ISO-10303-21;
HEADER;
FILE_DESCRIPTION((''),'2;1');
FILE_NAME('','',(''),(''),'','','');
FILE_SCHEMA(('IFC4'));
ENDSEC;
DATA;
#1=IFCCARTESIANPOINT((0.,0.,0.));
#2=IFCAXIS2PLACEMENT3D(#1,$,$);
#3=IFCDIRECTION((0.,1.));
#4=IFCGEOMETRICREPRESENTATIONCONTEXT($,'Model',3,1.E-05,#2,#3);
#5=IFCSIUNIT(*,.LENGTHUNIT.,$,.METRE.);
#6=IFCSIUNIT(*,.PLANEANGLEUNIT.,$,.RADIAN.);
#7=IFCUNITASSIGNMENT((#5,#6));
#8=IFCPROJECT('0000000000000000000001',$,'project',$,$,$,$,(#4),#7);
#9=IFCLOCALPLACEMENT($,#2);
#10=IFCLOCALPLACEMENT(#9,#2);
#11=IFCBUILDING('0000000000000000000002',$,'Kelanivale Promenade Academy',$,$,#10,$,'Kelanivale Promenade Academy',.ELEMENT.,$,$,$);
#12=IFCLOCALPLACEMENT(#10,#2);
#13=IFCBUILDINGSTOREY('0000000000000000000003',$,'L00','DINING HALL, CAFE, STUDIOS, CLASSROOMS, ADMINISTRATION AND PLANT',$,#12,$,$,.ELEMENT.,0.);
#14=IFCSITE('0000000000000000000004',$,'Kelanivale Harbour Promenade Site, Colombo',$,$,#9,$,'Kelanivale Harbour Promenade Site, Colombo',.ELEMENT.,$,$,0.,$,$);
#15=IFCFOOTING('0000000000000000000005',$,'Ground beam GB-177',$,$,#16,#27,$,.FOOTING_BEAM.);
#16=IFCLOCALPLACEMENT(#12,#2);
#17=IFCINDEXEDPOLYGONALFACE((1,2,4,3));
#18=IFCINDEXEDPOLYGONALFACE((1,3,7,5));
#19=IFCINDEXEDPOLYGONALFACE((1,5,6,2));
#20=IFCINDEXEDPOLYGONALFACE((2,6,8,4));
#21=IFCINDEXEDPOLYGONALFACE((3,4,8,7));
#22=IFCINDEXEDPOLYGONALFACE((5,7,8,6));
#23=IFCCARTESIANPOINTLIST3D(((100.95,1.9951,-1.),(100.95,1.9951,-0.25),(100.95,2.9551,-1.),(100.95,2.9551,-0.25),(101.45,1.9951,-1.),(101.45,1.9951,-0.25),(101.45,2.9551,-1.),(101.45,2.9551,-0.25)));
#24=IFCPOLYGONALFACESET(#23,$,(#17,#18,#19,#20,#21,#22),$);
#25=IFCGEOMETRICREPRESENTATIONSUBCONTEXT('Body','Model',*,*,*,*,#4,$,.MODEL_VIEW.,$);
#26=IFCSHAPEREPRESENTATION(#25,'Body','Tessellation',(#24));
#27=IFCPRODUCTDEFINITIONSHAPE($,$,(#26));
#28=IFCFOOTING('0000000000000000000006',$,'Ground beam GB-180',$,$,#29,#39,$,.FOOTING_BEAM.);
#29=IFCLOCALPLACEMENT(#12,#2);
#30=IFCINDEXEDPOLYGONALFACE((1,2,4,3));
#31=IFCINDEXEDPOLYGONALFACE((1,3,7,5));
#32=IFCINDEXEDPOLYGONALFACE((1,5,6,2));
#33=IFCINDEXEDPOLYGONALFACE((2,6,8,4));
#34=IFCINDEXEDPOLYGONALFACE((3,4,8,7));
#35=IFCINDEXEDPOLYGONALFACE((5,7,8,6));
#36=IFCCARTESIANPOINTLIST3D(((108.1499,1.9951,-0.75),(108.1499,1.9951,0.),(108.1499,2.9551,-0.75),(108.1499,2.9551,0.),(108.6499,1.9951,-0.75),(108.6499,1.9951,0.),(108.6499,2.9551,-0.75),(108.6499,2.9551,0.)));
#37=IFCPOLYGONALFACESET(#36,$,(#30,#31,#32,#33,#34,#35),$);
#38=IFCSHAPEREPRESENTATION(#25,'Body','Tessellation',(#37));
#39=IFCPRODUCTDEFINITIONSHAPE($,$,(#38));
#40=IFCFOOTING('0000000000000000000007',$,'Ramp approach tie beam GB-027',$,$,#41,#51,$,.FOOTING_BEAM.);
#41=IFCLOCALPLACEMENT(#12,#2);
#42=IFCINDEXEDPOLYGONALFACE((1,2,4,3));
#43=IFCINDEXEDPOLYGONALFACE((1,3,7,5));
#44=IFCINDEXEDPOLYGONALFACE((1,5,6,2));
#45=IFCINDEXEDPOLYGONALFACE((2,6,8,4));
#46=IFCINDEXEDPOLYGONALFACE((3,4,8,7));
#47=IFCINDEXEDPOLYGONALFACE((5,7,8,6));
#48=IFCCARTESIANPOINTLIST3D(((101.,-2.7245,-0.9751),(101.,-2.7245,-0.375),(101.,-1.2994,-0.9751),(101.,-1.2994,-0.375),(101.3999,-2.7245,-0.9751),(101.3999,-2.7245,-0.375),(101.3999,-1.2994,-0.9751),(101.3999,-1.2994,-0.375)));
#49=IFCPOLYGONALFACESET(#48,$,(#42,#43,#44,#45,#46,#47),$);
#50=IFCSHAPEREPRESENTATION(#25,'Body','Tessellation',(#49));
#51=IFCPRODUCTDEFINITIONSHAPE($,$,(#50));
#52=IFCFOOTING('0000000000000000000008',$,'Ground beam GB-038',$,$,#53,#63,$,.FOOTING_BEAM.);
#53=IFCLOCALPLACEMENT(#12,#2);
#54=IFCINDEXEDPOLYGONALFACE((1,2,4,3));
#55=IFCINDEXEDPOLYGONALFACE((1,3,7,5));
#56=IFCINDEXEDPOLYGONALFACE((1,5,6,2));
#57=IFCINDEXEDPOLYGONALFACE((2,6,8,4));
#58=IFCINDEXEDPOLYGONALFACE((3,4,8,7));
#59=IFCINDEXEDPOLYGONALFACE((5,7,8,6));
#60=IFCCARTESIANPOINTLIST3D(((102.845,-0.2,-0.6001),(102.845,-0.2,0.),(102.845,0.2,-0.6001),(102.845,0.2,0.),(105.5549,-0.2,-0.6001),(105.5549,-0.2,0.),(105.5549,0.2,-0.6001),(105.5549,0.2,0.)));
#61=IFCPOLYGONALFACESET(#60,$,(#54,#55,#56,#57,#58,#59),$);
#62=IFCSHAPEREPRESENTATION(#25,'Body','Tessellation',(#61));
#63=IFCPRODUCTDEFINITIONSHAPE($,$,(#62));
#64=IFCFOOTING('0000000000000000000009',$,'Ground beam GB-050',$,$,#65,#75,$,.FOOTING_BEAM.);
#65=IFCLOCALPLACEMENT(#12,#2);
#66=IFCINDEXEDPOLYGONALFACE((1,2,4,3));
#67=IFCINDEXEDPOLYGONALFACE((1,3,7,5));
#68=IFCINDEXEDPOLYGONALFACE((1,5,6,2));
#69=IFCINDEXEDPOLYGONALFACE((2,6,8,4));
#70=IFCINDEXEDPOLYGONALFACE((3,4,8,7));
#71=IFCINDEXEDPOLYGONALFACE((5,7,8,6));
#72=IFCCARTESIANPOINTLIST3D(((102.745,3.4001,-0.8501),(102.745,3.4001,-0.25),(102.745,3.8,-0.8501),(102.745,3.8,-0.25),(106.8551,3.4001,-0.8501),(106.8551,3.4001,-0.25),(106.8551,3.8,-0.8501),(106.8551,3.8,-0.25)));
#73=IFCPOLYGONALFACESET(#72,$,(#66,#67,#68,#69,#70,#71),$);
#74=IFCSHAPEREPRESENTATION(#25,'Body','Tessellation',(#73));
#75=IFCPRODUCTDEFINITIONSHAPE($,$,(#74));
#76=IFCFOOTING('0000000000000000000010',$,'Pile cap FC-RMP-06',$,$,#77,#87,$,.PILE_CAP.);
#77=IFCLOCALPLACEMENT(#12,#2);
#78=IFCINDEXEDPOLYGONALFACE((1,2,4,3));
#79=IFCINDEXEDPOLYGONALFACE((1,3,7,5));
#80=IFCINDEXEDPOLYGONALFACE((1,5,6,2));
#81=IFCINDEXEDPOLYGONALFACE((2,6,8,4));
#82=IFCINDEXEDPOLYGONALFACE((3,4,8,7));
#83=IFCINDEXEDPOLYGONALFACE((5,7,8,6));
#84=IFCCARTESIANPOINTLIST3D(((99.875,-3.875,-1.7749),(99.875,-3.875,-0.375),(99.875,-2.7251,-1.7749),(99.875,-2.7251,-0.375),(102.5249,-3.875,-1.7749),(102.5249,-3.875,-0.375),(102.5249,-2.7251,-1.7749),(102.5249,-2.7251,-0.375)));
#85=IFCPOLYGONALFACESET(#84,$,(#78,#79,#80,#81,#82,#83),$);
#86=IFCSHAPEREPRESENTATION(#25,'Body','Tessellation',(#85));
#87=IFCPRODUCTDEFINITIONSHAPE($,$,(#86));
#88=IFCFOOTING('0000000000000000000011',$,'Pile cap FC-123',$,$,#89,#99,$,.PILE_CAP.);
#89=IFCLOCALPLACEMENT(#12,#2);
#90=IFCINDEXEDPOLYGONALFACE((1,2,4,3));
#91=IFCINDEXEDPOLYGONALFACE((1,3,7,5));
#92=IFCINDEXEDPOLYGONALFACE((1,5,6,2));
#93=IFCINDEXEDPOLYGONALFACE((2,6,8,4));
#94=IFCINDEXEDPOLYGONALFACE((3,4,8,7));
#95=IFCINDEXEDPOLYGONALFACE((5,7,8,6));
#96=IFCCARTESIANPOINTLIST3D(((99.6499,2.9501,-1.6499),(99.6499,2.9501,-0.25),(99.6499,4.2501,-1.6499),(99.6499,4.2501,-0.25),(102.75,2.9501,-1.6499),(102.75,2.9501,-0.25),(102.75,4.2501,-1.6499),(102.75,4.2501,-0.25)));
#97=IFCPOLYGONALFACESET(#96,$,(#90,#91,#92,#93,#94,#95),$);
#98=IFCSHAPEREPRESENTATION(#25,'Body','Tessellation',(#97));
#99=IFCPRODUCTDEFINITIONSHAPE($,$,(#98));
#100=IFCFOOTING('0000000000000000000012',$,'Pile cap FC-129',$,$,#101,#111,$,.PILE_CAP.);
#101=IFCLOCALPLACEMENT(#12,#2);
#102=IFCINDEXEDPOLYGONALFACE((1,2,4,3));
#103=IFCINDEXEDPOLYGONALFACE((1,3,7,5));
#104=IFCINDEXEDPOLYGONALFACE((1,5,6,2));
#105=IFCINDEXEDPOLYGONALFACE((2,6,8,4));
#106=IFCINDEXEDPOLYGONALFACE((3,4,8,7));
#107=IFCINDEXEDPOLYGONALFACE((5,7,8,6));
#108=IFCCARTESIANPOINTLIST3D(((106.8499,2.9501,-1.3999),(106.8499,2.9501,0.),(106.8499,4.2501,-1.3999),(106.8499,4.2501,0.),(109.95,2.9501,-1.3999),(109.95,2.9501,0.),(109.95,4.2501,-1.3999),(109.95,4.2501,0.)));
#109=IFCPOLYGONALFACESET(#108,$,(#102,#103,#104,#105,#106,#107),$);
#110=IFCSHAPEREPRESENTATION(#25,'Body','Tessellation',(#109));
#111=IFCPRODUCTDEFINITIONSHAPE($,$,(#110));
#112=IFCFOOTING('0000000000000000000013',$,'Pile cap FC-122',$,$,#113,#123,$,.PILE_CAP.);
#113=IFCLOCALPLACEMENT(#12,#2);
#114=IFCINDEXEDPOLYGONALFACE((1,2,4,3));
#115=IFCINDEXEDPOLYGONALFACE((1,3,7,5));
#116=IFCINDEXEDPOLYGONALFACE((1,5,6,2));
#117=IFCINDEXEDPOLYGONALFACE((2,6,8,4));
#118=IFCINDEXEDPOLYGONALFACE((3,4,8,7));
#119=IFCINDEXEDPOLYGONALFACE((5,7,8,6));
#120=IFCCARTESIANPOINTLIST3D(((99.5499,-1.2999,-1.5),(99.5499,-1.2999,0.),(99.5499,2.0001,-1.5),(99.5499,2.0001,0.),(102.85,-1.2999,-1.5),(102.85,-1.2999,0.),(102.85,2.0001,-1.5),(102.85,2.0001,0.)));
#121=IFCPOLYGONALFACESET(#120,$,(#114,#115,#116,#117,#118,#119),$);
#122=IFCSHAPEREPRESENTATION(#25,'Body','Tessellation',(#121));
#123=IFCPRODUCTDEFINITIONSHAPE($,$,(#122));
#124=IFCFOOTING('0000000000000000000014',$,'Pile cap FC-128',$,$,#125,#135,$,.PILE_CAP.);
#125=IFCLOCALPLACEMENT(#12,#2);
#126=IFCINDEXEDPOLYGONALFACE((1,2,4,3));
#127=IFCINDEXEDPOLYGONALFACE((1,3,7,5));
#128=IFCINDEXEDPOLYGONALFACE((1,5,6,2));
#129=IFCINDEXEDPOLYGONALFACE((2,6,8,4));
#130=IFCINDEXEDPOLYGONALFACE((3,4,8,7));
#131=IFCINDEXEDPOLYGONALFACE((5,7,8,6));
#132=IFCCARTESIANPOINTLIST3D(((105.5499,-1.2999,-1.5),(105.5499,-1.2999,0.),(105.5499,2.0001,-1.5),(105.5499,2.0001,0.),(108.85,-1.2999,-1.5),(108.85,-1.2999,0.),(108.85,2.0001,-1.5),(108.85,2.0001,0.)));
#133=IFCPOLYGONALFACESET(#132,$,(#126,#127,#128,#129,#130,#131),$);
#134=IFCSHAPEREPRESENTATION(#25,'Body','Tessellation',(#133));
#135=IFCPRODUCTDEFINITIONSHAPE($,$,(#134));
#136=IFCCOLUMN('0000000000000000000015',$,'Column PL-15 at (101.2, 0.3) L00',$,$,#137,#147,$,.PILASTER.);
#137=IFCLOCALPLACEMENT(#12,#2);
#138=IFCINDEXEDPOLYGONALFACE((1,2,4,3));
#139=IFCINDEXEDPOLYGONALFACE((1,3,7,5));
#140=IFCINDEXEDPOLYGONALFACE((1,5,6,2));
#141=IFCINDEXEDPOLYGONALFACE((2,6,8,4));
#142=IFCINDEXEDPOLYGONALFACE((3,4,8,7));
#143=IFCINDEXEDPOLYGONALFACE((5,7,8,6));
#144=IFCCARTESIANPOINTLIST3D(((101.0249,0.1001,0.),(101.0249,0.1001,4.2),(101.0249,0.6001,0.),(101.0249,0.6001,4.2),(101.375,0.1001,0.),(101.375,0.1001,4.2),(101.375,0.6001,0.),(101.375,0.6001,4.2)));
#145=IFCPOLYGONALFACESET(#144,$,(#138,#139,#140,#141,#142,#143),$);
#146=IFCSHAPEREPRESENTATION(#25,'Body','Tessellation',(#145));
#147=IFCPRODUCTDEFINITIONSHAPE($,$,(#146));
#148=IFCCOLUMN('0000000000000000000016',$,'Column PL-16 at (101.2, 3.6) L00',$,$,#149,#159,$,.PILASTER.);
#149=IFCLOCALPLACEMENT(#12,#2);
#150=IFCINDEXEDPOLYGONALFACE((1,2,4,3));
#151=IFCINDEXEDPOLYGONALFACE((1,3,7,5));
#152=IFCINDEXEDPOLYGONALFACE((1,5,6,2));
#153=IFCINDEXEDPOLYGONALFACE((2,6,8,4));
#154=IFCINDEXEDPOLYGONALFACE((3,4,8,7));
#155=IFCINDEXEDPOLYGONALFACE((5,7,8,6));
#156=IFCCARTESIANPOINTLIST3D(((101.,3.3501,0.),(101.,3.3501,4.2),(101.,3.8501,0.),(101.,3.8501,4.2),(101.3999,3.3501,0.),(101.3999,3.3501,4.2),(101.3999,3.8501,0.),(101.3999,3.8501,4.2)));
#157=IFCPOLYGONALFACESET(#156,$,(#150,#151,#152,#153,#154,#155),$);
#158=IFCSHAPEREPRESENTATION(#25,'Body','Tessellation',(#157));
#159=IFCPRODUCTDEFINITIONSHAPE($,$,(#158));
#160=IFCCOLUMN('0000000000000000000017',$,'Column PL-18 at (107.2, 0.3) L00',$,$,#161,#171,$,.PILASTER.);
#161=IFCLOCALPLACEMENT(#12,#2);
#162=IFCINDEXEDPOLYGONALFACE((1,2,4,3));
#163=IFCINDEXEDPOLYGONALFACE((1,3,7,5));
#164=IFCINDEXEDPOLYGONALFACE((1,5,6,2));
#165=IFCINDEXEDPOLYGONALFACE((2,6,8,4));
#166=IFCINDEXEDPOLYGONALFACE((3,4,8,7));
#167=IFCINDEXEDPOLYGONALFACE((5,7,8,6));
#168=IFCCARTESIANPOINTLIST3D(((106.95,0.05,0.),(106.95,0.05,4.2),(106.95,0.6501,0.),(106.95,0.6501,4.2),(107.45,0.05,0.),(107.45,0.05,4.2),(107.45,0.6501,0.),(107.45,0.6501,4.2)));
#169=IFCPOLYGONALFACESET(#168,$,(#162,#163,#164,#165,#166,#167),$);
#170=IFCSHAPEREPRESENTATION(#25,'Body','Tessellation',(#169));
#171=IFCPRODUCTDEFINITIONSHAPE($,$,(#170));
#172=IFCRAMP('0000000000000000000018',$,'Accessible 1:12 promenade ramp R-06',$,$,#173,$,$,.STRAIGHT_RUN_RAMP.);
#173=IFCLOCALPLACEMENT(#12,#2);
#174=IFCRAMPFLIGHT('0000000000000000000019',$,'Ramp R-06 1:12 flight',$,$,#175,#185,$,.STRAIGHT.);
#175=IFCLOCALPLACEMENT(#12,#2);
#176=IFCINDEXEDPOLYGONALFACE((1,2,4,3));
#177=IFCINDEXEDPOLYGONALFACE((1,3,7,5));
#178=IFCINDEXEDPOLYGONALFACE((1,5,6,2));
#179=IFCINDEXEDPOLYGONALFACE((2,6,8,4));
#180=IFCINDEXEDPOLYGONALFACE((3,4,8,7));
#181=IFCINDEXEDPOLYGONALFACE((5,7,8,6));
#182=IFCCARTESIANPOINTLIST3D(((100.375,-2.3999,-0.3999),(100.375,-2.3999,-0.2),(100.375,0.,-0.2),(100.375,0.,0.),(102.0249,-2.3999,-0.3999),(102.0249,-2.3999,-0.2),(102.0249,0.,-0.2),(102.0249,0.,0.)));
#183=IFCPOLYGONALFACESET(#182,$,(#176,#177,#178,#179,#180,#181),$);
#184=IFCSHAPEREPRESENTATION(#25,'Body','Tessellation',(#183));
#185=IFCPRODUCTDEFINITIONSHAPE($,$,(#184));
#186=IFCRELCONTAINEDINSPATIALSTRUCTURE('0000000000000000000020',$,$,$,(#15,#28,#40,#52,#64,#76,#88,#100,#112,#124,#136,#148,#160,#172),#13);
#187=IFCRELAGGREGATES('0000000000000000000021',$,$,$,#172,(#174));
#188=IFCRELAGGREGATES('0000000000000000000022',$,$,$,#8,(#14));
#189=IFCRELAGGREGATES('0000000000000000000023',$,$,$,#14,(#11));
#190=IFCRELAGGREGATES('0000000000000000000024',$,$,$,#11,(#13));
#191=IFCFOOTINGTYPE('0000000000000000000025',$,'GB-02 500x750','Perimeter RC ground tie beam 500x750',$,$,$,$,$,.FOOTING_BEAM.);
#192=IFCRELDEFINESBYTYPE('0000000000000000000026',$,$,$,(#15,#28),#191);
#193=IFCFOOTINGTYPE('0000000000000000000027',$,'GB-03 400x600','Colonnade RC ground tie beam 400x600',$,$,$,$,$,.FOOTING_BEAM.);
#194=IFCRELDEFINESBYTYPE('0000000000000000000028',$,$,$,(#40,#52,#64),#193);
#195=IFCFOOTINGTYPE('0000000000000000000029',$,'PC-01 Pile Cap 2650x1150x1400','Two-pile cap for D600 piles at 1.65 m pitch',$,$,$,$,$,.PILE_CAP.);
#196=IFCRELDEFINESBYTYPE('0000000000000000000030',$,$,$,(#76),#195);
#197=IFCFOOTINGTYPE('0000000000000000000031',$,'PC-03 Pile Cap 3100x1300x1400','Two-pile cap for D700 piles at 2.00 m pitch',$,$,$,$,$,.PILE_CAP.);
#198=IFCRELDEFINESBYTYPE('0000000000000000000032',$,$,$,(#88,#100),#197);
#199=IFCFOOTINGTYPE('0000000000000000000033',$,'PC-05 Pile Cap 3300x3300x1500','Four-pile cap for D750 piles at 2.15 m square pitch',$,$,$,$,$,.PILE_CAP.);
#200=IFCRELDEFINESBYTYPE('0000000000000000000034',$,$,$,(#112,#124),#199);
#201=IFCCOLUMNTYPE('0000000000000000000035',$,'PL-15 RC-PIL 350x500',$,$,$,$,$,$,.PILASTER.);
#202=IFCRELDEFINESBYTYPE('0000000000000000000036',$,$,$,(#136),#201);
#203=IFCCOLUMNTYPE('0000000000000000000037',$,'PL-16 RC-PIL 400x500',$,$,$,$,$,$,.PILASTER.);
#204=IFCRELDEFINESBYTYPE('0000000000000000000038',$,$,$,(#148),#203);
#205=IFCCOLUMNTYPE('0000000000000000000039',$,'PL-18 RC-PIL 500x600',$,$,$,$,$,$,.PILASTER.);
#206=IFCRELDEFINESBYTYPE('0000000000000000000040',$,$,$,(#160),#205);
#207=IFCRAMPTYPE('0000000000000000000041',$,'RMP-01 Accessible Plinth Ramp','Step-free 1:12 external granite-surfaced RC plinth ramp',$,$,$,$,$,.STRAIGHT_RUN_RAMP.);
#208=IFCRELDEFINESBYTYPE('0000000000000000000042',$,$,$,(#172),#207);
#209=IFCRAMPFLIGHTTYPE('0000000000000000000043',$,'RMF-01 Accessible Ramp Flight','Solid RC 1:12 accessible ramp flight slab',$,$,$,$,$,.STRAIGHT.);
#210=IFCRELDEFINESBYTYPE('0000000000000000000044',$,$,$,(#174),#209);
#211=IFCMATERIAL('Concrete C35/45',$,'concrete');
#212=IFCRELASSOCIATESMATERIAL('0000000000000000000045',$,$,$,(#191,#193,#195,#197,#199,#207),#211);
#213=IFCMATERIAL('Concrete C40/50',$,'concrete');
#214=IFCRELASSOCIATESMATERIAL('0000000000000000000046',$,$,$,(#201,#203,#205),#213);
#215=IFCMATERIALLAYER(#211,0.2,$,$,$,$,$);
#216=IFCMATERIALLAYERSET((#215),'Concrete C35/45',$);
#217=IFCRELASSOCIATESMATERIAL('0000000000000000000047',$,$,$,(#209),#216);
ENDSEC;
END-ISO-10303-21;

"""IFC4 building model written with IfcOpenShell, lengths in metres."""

from ifc_helpers import new_model, si_unit, direction, frame, origin, origin_2d, place, context, subcontext, project, spatial, polyline, rectangle, outline, extrude, material, layer, layer_set, material_profile, profile_set, type_object, element, aggregate, save


model = new_model("IFC4")

# Units and contexts
model_context = context("Model", 3, precision=1e-05, world=origin(), true_north=direction((0.0, 1.0)))
body_context = subcontext(model_context, "Body", "Model", "MODEL_VIEW")
ifc_project = project(units=[si_unit("LENGTHUNIT", "METRE"), si_unit("PLANEANGLEUNIT", "RADIAN")], contexts=[model_context])

# Site, building, storey
site_placement = place(None, origin())
site = spatial("IfcSite", under=ifc_project, at=site_placement, Name="Kelanivale Harbour Promenade Site, Colombo", LongName="Kelanivale Harbour Promenade Site, Colombo", CompositionType="ELEMENT", RefElevation=0.0)
building_placement = place(site_placement, origin())
building = spatial("IfcBuilding", under=site, at=building_placement, Name="Kelanivale Promenade Academy", LongName="Kelanivale Promenade Academy", CompositionType="ELEMENT")
storey_placement = place(building_placement, origin())
storey = spatial("IfcBuildingStorey", under=building, at=storey_placement, Name="L00", Description="DINING HALL, CAFE, STUDIOS, CLASSROOMS, ADMINISTRATION AND PLANT", CompositionType="ELEMENT", Elevation=0.0)

# Shared definitions
ifc_material_1 = material(Name="Concrete C35/45", Category="concrete")

# Footings
footing_type_1 = type_object("IfcFootingType", Name="GB-02 500x750", Description="Perimeter RC ground tie beam 500x750", PredefinedType="FOOTING_BEAM", material=ifc_material_1)
for number, where, z_axis, x_axis, name in (
    (1, (101.2, 2.4751, -1.0), (0.0, 0.0, 1.0), (0.0, 1.0, 0.0), "Ground beam GB-177"),
    (2, (108.3999, 2.4751, -0.75), (0.0, 0.0, 1.0), (0.0, 1.0, 0.0), "Ground beam GB-180"),
):
    element("IfcFooting", number, at=place(storey_placement, frame(where, z_axis=z_axis, x_axis=x_axis)), inside=storey, type_object=footing_type_1, Name=name, PredefinedType="FOOTING_BEAM", context=body_context, shape_type="SweptSolid", body=[
        extrude(rectangle(XDim=0.96, YDim=0.5, at=origin_2d()), origin(), (0.0, 0.0, 1.0), 0.75),
    ])
footing_type_2 = type_object("IfcFootingType", Name="GB-03 400x600", Description="Colonnade RC ground tie beam 400x600", PredefinedType="FOOTING_BEAM", material=ifc_material_1)
footing_1_placement = place(storey_placement, frame((101.2, -2.012, -0.9751), z_axis=(0.0, 0.0, 1.0), x_axis=(0.0, 1.0, 0.0)))
element("IfcFooting", 3, at=footing_1_placement, inside=storey, type_object=footing_type_2, Name="Ramp approach tie beam GB-027", PredefinedType="FOOTING_BEAM", context=body_context, shape_type="SweptSolid", body=[
    extrude(rectangle(XDim=1.425, YDim=0.3999, at=origin_2d()), origin(), (0.0, 0.0, 1.0), 0.6001),
])
footing_2_placement = place(storey_placement, frame((104.2, 0.0, -0.6001), z_axis=(0.0, 0.0, 1.0), x_axis=(1.0, 0.0, 0.0)))
element("IfcFooting", 4, at=footing_2_placement, inside=storey, type_object=footing_type_2, Name="Ground beam GB-038", PredefinedType="FOOTING_BEAM", context=body_context, shape_type="SweptSolid", body=[
    extrude(rectangle(XDim=2.71, YDim=0.3999, at=origin_2d()), origin(), (0.0, 0.0, 1.0), 0.6001),
])
footing_3_placement = place(storey_placement, frame((104.8, 3.6001, -0.8501), z_axis=(0.0, 0.0, 1.0), x_axis=(1.0, 0.0, 0.0)))
element("IfcFooting", 5, at=footing_3_placement, inside=storey, type_object=footing_type_2, Name="Ground beam GB-050", PredefinedType="FOOTING_BEAM", context=body_context, shape_type="SweptSolid", body=[
    extrude(rectangle(XDim=4.1101, YDim=0.3999, at=origin_2d()), origin(), (0.0, 0.0, 1.0), 0.6001),
])
footing_type_3 = type_object("IfcFootingType", Name="PC-01 Pile Cap 2650x1150x1400", Description="Two-pile cap for D600 piles at 1.65 m pitch", PredefinedType="PILE_CAP", material=ifc_material_1)
footing_4_placement = place(storey_placement, frame((101.2, -3.3, -1.7749), z_axis=(0.0, 0.0, 1.0), x_axis=(1.0, 0.0, 0.0)))
element("IfcFooting", 6, at=footing_4_placement, inside=storey, type_object=footing_type_3, Name="Pile cap FC-RMP-06", PredefinedType="PILE_CAP", context=body_context, shape_type="SweptSolid", body=[
    extrude(rectangle(XDim=2.6499, YDim=1.1499, at=origin_2d()), origin(), (0.0, 0.0, 1.0), 1.3999),
])
footing_type_4 = type_object("IfcFootingType", Name="PC-03 Pile Cap 3100x1300x1400", Description="Two-pile cap for D700 piles at 2.00 m pitch", PredefinedType="PILE_CAP", material=ifc_material_1)
for number, where, z_axis, x_axis, name in (
    (7, (101.2, 3.6001, -1.6499), (0.0, 0.0, 1.0), (1.0, 0.0, 0.0), "Pile cap FC-123"),
    (8, (108.3999, 3.6001, -1.3999), (0.0, 0.0, 1.0), (1.0, 0.0, 0.0), "Pile cap FC-129"),
):
    element("IfcFooting", number, at=place(storey_placement, frame(where, z_axis=z_axis, x_axis=x_axis)), inside=storey, type_object=footing_type_4, Name=name, PredefinedType="PILE_CAP", context=body_context, shape_type="SweptSolid", body=[
        extrude(rectangle(XDim=3.1001, YDim=1.3, at=origin_2d()), origin(), (0.0, 0.0, 1.0), 1.3999),
    ])
footing_type_5 = type_object("IfcFootingType", Name="PC-05 Pile Cap 3300x3300x1500", Description="Four-pile cap for D750 piles at 2.15 m square pitch", PredefinedType="PILE_CAP", material=ifc_material_1)
for number, where, z_axis, x_axis, name in (
    (9, (101.2, 0.3501, -1.5), (0.0, 0.0, 1.0), (1.0, 0.0, 0.0), "Pile cap FC-122"),
    (10, (107.2, 0.3501, -1.5), (0.0, 0.0, 1.0), (1.0, 0.0, 0.0), "Pile cap FC-128"),
):
    element("IfcFooting", number, at=place(storey_placement, frame(where, z_axis=z_axis, x_axis=x_axis)), inside=storey, type_object=footing_type_5, Name=name, PredefinedType="PILE_CAP", context=body_context, shape_type="SweptSolid", body=[
        extrude(rectangle(XDim=3.3, YDim=3.3, at=origin_2d()), origin(), (0.0, 0.0, 1.0), 1.5),
    ])

# Columns
ifc_material_2 = material(Name="Concrete C40/50", Category="concrete")
ifc_material_profile_1 = material_profile(ifc_material_2, rectangle(XDim=0.3501, YDim=0.5, at=origin_2d()), Name="RC-PIL 350x500")
ifc_profile_set_1 = profile_set([ifc_material_profile_1], Name="Concrete C40/50")
column_type_1 = type_object("IfcColumnType", Name="PL-15 RC-PIL 350x500", PredefinedType="PILASTER", material=ifc_profile_set_1)
column_1_placement = place(storey_placement, frame((101.2, 0.3501, 0.0), z_axis=(0.0, 0.0, 1.0), x_axis=(1.0, 0.0, 0.0)))
element("IfcColumn", 11, at=column_1_placement, inside=storey, type_object=column_type_1, Name="Column PL-15 at (101.2, 0.3) L00", PredefinedType="PILASTER", context=body_context, shape_type="SweptSolid", body=[
    extrude(rectangle(XDim=0.3501, YDim=0.5, at=origin_2d()), origin(), (0.0, 0.0, 1.0), 4.2),
])
ifc_material_profile_2 = material_profile(ifc_material_2, rectangle(XDim=0.3999, YDim=0.5, at=origin_2d()), Name="RC-PIL 400x500")
ifc_profile_set_2 = profile_set([ifc_material_profile_2], Name="Concrete C40/50")
column_type_2 = type_object("IfcColumnType", Name="PL-16 RC-PIL 400x500", PredefinedType="PILASTER", material=ifc_profile_set_2)
column_2_placement = place(storey_placement, frame((101.2, 3.6001, 0.0), z_axis=(0.0, 0.0, 1.0), x_axis=(1.0, 0.0, 0.0)))
element("IfcColumn", 12, at=column_2_placement, inside=storey, type_object=column_type_2, Name="Column PL-16 at (101.2, 3.6) L00", PredefinedType="PILASTER", context=body_context, shape_type="SweptSolid", body=[
    extrude(rectangle(XDim=0.3999, YDim=0.5, at=origin_2d()), origin(), (0.0, 0.0, 1.0), 4.2),
])
ifc_material_profile_3 = material_profile(ifc_material_2, rectangle(XDim=0.5, YDim=0.6001, at=origin_2d()), Name="RC-PIL 500x600")
ifc_profile_set_3 = profile_set([ifc_material_profile_3], Name="Concrete C40/50")
column_type_3 = type_object("IfcColumnType", Name="PL-18 RC-PIL 500x600", PredefinedType="PILASTER", material=ifc_profile_set_3)
column_3_placement = place(storey_placement, frame((107.2, 0.3501, 0.0), z_axis=(0.0, 0.0, 1.0), x_axis=(1.0, 0.0, 0.0)))
element("IfcColumn", 13, at=column_3_placement, inside=storey, type_object=column_type_3, Name="Column PL-18 at (107.2, 0.3) L00", PredefinedType="PILASTER", context=body_context, shape_type="SweptSolid", body=[
    extrude(rectangle(XDim=0.5, YDim=0.6001, at=origin_2d()), origin(), (0.0, 0.0, 1.0), 4.2),
])

# Ramp, ramp flight
ramp_type = type_object("IfcRampType", Name="RMP-01 Accessible Plinth Ramp", Description="Step-free 1:12 external granite-surfaced RC plinth ramp", PredefinedType="STRAIGHT_RUN_RAMP", material=ifc_material_1)
ramp_placement = place(storey_placement, origin())
ramp = element("IfcRamp", 14, at=ramp_placement, inside=storey, type_object=ramp_type, Name="Accessible 1:12 promenade ramp R-06", PredefinedType="STRAIGHT_RUN_RAMP")
ifc_layer = layer(ifc_material_1, 0.2)
ifc_layer_set = layer_set([ifc_layer], Name="Concrete C35/45")
ramp_flight_type = type_object("IfcRampFlightType", Name="RMF-01 Accessible Ramp Flight", Description="Solid RC 1:12 accessible ramp flight slab", PredefinedType="STRAIGHT", material=ifc_layer_set)
ramp_flight_placement = place(storey_placement, frame((101.2, -2.3999, -0.2), z_axis=(0.0, 0.0, 1.0), x_axis=(0.0, 1.0, 0.0)))
ramp_flight = element("IfcRampFlight", 15, at=ramp_flight_placement, type_object=ramp_flight_type, Name="Ramp R-06 1:12 flight", PredefinedType="STRAIGHT", context=body_context, shape_type="SweptSolid", body=[
    extrude(outline(polyline([(0.0, 0.0), (2.3999, 0.2), (2.3999, 0.0), (0.0, -0.2), (0.0, 0.0)])), frame((0.0, 0.825, 0.0), z_axis=(0.0, -1.0, 0.0), x_axis=(1.0, 0.0, 0.0)), (0.0, 0.0, 1.0), 1.6499),
])
aggregate(ramp, [ramp_flight])

save(model, "model.ifc")
